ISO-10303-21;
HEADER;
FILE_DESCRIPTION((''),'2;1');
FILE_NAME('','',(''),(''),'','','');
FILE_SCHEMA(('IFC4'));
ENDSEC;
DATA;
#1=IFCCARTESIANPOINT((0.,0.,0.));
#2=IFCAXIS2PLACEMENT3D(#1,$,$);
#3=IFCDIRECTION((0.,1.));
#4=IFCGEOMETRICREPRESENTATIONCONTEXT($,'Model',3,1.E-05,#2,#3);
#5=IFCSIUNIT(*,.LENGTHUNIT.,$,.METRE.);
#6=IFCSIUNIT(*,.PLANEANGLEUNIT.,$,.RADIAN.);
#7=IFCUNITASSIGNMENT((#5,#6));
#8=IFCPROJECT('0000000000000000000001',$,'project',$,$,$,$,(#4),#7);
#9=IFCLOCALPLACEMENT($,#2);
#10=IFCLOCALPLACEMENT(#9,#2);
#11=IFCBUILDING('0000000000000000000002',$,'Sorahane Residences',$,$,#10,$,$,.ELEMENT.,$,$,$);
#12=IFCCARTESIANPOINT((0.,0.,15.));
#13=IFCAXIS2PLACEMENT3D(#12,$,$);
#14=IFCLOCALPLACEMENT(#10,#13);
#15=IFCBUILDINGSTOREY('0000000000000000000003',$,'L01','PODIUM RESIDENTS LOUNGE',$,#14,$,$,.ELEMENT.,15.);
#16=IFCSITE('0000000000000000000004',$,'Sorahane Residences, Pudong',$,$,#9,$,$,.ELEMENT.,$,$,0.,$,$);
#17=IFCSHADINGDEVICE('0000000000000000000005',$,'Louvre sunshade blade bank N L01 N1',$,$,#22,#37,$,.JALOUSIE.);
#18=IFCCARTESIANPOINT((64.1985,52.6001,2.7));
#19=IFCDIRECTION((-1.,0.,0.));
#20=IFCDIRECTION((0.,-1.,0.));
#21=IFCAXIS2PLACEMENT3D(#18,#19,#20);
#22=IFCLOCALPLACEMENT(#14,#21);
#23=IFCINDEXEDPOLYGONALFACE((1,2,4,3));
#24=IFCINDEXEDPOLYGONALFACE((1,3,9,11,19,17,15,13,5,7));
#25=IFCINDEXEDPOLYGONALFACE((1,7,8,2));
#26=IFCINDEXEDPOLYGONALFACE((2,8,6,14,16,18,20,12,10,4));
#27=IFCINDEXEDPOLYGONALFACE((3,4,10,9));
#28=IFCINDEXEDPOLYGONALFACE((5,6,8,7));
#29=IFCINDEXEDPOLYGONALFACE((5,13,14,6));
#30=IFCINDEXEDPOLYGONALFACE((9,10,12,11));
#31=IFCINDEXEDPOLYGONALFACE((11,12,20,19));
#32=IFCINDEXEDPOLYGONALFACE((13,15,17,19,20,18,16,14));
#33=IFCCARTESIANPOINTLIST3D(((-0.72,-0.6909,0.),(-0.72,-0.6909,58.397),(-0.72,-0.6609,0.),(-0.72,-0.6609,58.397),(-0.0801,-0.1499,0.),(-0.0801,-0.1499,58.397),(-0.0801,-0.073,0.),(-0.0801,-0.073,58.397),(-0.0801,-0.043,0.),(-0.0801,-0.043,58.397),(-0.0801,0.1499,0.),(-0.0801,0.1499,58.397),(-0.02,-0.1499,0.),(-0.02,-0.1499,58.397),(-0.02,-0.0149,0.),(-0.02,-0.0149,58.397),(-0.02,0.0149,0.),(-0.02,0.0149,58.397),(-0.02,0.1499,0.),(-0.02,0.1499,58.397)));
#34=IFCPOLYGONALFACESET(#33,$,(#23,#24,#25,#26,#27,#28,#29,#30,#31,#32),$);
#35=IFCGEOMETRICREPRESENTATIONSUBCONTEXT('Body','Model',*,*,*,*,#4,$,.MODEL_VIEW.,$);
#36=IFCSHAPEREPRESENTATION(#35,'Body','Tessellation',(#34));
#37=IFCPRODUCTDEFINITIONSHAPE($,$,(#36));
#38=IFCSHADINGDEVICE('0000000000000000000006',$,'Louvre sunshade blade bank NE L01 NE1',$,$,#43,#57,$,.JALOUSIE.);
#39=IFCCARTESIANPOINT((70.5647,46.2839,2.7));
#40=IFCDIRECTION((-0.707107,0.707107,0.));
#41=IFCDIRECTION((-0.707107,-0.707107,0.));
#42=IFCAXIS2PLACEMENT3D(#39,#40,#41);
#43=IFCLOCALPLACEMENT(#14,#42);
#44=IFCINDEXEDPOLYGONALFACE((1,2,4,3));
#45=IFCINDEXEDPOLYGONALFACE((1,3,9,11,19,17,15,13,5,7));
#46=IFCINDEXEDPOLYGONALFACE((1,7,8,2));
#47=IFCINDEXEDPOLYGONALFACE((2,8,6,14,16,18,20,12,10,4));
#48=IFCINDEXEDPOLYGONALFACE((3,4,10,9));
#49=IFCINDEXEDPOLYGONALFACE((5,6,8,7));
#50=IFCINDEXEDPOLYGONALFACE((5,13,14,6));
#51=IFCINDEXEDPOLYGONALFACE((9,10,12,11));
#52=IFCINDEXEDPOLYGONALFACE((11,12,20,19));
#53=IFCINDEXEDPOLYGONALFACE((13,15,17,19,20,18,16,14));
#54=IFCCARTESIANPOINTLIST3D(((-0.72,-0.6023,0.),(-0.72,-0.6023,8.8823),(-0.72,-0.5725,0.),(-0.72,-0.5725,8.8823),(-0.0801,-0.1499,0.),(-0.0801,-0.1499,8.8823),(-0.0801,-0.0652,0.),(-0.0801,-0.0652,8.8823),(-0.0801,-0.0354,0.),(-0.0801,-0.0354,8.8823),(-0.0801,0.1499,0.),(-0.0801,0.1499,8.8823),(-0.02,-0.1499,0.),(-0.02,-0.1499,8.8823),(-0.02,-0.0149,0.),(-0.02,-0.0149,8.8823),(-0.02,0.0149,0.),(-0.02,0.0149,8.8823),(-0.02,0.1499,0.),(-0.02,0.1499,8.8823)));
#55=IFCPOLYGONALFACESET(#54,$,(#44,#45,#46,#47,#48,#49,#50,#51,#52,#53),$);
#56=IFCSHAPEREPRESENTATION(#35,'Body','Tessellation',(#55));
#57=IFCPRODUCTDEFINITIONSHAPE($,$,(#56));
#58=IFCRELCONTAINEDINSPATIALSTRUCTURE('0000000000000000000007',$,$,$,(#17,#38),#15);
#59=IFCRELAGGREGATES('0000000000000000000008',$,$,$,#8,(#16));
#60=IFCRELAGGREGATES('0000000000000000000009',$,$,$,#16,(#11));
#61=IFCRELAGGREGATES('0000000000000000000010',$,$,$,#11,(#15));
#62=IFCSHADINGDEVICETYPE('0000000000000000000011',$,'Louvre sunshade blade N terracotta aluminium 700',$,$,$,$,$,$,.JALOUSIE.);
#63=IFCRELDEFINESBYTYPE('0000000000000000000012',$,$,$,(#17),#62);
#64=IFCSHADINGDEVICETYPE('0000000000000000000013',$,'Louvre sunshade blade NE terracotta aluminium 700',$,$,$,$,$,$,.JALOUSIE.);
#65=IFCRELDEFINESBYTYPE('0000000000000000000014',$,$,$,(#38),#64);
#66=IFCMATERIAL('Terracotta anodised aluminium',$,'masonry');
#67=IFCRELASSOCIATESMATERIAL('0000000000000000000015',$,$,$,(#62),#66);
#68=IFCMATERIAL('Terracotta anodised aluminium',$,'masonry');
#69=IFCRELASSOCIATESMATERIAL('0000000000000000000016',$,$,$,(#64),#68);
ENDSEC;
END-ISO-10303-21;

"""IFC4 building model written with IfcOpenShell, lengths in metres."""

from ifc_helpers import new_model, si_unit, direction, frame, origin, place, context, subcontext, project, spatial, polyline, outline, extrude, material, type_object, element, save


model = new_model("IFC4")

# Units and contexts
model_context = context("Model", 3, precision=1e-05, world=origin(), true_north=direction((0.0, 1.0)))
body_context = subcontext(model_context, "Body", "Model", "MODEL_VIEW")
ifc_project = project(units=[si_unit("LENGTHUNIT", "METRE"), si_unit("PLANEANGLEUNIT", "RADIAN")], contexts=[model_context])

# Site, building, storey
site_placement = place(None, origin())
site = spatial("IfcSite", under=ifc_project, at=site_placement, Name="Sorahane Residences, Pudong", CompositionType="ELEMENT", RefElevation=0.0)
building_placement = place(site_placement, origin())
building = spatial("IfcBuilding", under=site, at=building_placement, Name="Sorahane Residences", CompositionType="ELEMENT")
storey_placement = place(building_placement, frame((0.0, 0.0, 15.0)))
storey = spatial("IfcBuildingStorey", under=building, at=storey_placement, Name="L01", Description="PODIUM RESIDENTS LOUNGE", CompositionType="ELEMENT", Elevation=15.0)

# Shading devices
ifc_material_1 = material(Name="Terracotta anodised aluminium", Category="masonry")
shading_device_type_1 = type_object("IfcShadingDeviceType", Name="Louvre sunshade blade N terracotta aluminium 700", PredefinedType="JALOUSIE", material=ifc_material_1)
shading_device_1_placement = place(storey_placement, frame((64.1985, 52.6001, 2.7), z_axis=(-1.0, 0.0, 0.0), x_axis=(0.0, -1.0, 0.0)))
element("IfcShadingDevice", 1, at=shading_device_1_placement, inside=storey, type_object=shading_device_type_1, Name="Louvre sunshade blade bank N L01 N1", PredefinedType="JALOUSIE", context=body_context, shape_type="SweptSolid", body=[
    extrude(outline(polyline([(-0.72, -0.6609), (-0.72, -0.6909), (-0.0801, -0.073), (-0.0801, -0.1499), (-0.02, -0.1499), (-0.02, -0.0149), (-0.02, 0.0149), (-0.02, 0.1499), (-0.0801, 0.1499), (-0.0801, -0.043), (-0.72, -0.6609)])), origin(), (0.0, 0.0, 1.0), 58.397),
])
ifc_material_2 = material(Name="Terracotta anodised aluminium", Category="masonry")
shading_device_type_2 = type_object("IfcShadingDeviceType", Name="Louvre sunshade blade NE terracotta aluminium 700", PredefinedType="JALOUSIE", material=ifc_material_2)
shading_device_2_placement = place(storey_placement, frame((70.5647, 46.2839, 2.7), z_axis=(-0.707107, 0.707107, 0.0), x_axis=(-0.707107, -0.707107, 0.0)))
element("IfcShadingDevice", 2, at=shading_device_2_placement, inside=storey, type_object=shading_device_type_2, Name="Louvre sunshade blade bank NE L01 NE1", PredefinedType="JALOUSIE", context=body_context, shape_type="SweptSolid", body=[
    extrude(outline(polyline([(-0.72, -0.5725), (-0.72, -0.6023), (-0.0801, -0.0652), (-0.0801, -0.1499), (-0.02, -0.1499), (-0.02, -0.0149), (-0.02, 0.0149), (-0.02, 0.1499), (-0.0801, 0.1499), (-0.0801, -0.0354), (-0.72, -0.5725)])), origin(), (0.0, 0.0, 1.0), 8.8823),
])

save(model, "model.ifc")
